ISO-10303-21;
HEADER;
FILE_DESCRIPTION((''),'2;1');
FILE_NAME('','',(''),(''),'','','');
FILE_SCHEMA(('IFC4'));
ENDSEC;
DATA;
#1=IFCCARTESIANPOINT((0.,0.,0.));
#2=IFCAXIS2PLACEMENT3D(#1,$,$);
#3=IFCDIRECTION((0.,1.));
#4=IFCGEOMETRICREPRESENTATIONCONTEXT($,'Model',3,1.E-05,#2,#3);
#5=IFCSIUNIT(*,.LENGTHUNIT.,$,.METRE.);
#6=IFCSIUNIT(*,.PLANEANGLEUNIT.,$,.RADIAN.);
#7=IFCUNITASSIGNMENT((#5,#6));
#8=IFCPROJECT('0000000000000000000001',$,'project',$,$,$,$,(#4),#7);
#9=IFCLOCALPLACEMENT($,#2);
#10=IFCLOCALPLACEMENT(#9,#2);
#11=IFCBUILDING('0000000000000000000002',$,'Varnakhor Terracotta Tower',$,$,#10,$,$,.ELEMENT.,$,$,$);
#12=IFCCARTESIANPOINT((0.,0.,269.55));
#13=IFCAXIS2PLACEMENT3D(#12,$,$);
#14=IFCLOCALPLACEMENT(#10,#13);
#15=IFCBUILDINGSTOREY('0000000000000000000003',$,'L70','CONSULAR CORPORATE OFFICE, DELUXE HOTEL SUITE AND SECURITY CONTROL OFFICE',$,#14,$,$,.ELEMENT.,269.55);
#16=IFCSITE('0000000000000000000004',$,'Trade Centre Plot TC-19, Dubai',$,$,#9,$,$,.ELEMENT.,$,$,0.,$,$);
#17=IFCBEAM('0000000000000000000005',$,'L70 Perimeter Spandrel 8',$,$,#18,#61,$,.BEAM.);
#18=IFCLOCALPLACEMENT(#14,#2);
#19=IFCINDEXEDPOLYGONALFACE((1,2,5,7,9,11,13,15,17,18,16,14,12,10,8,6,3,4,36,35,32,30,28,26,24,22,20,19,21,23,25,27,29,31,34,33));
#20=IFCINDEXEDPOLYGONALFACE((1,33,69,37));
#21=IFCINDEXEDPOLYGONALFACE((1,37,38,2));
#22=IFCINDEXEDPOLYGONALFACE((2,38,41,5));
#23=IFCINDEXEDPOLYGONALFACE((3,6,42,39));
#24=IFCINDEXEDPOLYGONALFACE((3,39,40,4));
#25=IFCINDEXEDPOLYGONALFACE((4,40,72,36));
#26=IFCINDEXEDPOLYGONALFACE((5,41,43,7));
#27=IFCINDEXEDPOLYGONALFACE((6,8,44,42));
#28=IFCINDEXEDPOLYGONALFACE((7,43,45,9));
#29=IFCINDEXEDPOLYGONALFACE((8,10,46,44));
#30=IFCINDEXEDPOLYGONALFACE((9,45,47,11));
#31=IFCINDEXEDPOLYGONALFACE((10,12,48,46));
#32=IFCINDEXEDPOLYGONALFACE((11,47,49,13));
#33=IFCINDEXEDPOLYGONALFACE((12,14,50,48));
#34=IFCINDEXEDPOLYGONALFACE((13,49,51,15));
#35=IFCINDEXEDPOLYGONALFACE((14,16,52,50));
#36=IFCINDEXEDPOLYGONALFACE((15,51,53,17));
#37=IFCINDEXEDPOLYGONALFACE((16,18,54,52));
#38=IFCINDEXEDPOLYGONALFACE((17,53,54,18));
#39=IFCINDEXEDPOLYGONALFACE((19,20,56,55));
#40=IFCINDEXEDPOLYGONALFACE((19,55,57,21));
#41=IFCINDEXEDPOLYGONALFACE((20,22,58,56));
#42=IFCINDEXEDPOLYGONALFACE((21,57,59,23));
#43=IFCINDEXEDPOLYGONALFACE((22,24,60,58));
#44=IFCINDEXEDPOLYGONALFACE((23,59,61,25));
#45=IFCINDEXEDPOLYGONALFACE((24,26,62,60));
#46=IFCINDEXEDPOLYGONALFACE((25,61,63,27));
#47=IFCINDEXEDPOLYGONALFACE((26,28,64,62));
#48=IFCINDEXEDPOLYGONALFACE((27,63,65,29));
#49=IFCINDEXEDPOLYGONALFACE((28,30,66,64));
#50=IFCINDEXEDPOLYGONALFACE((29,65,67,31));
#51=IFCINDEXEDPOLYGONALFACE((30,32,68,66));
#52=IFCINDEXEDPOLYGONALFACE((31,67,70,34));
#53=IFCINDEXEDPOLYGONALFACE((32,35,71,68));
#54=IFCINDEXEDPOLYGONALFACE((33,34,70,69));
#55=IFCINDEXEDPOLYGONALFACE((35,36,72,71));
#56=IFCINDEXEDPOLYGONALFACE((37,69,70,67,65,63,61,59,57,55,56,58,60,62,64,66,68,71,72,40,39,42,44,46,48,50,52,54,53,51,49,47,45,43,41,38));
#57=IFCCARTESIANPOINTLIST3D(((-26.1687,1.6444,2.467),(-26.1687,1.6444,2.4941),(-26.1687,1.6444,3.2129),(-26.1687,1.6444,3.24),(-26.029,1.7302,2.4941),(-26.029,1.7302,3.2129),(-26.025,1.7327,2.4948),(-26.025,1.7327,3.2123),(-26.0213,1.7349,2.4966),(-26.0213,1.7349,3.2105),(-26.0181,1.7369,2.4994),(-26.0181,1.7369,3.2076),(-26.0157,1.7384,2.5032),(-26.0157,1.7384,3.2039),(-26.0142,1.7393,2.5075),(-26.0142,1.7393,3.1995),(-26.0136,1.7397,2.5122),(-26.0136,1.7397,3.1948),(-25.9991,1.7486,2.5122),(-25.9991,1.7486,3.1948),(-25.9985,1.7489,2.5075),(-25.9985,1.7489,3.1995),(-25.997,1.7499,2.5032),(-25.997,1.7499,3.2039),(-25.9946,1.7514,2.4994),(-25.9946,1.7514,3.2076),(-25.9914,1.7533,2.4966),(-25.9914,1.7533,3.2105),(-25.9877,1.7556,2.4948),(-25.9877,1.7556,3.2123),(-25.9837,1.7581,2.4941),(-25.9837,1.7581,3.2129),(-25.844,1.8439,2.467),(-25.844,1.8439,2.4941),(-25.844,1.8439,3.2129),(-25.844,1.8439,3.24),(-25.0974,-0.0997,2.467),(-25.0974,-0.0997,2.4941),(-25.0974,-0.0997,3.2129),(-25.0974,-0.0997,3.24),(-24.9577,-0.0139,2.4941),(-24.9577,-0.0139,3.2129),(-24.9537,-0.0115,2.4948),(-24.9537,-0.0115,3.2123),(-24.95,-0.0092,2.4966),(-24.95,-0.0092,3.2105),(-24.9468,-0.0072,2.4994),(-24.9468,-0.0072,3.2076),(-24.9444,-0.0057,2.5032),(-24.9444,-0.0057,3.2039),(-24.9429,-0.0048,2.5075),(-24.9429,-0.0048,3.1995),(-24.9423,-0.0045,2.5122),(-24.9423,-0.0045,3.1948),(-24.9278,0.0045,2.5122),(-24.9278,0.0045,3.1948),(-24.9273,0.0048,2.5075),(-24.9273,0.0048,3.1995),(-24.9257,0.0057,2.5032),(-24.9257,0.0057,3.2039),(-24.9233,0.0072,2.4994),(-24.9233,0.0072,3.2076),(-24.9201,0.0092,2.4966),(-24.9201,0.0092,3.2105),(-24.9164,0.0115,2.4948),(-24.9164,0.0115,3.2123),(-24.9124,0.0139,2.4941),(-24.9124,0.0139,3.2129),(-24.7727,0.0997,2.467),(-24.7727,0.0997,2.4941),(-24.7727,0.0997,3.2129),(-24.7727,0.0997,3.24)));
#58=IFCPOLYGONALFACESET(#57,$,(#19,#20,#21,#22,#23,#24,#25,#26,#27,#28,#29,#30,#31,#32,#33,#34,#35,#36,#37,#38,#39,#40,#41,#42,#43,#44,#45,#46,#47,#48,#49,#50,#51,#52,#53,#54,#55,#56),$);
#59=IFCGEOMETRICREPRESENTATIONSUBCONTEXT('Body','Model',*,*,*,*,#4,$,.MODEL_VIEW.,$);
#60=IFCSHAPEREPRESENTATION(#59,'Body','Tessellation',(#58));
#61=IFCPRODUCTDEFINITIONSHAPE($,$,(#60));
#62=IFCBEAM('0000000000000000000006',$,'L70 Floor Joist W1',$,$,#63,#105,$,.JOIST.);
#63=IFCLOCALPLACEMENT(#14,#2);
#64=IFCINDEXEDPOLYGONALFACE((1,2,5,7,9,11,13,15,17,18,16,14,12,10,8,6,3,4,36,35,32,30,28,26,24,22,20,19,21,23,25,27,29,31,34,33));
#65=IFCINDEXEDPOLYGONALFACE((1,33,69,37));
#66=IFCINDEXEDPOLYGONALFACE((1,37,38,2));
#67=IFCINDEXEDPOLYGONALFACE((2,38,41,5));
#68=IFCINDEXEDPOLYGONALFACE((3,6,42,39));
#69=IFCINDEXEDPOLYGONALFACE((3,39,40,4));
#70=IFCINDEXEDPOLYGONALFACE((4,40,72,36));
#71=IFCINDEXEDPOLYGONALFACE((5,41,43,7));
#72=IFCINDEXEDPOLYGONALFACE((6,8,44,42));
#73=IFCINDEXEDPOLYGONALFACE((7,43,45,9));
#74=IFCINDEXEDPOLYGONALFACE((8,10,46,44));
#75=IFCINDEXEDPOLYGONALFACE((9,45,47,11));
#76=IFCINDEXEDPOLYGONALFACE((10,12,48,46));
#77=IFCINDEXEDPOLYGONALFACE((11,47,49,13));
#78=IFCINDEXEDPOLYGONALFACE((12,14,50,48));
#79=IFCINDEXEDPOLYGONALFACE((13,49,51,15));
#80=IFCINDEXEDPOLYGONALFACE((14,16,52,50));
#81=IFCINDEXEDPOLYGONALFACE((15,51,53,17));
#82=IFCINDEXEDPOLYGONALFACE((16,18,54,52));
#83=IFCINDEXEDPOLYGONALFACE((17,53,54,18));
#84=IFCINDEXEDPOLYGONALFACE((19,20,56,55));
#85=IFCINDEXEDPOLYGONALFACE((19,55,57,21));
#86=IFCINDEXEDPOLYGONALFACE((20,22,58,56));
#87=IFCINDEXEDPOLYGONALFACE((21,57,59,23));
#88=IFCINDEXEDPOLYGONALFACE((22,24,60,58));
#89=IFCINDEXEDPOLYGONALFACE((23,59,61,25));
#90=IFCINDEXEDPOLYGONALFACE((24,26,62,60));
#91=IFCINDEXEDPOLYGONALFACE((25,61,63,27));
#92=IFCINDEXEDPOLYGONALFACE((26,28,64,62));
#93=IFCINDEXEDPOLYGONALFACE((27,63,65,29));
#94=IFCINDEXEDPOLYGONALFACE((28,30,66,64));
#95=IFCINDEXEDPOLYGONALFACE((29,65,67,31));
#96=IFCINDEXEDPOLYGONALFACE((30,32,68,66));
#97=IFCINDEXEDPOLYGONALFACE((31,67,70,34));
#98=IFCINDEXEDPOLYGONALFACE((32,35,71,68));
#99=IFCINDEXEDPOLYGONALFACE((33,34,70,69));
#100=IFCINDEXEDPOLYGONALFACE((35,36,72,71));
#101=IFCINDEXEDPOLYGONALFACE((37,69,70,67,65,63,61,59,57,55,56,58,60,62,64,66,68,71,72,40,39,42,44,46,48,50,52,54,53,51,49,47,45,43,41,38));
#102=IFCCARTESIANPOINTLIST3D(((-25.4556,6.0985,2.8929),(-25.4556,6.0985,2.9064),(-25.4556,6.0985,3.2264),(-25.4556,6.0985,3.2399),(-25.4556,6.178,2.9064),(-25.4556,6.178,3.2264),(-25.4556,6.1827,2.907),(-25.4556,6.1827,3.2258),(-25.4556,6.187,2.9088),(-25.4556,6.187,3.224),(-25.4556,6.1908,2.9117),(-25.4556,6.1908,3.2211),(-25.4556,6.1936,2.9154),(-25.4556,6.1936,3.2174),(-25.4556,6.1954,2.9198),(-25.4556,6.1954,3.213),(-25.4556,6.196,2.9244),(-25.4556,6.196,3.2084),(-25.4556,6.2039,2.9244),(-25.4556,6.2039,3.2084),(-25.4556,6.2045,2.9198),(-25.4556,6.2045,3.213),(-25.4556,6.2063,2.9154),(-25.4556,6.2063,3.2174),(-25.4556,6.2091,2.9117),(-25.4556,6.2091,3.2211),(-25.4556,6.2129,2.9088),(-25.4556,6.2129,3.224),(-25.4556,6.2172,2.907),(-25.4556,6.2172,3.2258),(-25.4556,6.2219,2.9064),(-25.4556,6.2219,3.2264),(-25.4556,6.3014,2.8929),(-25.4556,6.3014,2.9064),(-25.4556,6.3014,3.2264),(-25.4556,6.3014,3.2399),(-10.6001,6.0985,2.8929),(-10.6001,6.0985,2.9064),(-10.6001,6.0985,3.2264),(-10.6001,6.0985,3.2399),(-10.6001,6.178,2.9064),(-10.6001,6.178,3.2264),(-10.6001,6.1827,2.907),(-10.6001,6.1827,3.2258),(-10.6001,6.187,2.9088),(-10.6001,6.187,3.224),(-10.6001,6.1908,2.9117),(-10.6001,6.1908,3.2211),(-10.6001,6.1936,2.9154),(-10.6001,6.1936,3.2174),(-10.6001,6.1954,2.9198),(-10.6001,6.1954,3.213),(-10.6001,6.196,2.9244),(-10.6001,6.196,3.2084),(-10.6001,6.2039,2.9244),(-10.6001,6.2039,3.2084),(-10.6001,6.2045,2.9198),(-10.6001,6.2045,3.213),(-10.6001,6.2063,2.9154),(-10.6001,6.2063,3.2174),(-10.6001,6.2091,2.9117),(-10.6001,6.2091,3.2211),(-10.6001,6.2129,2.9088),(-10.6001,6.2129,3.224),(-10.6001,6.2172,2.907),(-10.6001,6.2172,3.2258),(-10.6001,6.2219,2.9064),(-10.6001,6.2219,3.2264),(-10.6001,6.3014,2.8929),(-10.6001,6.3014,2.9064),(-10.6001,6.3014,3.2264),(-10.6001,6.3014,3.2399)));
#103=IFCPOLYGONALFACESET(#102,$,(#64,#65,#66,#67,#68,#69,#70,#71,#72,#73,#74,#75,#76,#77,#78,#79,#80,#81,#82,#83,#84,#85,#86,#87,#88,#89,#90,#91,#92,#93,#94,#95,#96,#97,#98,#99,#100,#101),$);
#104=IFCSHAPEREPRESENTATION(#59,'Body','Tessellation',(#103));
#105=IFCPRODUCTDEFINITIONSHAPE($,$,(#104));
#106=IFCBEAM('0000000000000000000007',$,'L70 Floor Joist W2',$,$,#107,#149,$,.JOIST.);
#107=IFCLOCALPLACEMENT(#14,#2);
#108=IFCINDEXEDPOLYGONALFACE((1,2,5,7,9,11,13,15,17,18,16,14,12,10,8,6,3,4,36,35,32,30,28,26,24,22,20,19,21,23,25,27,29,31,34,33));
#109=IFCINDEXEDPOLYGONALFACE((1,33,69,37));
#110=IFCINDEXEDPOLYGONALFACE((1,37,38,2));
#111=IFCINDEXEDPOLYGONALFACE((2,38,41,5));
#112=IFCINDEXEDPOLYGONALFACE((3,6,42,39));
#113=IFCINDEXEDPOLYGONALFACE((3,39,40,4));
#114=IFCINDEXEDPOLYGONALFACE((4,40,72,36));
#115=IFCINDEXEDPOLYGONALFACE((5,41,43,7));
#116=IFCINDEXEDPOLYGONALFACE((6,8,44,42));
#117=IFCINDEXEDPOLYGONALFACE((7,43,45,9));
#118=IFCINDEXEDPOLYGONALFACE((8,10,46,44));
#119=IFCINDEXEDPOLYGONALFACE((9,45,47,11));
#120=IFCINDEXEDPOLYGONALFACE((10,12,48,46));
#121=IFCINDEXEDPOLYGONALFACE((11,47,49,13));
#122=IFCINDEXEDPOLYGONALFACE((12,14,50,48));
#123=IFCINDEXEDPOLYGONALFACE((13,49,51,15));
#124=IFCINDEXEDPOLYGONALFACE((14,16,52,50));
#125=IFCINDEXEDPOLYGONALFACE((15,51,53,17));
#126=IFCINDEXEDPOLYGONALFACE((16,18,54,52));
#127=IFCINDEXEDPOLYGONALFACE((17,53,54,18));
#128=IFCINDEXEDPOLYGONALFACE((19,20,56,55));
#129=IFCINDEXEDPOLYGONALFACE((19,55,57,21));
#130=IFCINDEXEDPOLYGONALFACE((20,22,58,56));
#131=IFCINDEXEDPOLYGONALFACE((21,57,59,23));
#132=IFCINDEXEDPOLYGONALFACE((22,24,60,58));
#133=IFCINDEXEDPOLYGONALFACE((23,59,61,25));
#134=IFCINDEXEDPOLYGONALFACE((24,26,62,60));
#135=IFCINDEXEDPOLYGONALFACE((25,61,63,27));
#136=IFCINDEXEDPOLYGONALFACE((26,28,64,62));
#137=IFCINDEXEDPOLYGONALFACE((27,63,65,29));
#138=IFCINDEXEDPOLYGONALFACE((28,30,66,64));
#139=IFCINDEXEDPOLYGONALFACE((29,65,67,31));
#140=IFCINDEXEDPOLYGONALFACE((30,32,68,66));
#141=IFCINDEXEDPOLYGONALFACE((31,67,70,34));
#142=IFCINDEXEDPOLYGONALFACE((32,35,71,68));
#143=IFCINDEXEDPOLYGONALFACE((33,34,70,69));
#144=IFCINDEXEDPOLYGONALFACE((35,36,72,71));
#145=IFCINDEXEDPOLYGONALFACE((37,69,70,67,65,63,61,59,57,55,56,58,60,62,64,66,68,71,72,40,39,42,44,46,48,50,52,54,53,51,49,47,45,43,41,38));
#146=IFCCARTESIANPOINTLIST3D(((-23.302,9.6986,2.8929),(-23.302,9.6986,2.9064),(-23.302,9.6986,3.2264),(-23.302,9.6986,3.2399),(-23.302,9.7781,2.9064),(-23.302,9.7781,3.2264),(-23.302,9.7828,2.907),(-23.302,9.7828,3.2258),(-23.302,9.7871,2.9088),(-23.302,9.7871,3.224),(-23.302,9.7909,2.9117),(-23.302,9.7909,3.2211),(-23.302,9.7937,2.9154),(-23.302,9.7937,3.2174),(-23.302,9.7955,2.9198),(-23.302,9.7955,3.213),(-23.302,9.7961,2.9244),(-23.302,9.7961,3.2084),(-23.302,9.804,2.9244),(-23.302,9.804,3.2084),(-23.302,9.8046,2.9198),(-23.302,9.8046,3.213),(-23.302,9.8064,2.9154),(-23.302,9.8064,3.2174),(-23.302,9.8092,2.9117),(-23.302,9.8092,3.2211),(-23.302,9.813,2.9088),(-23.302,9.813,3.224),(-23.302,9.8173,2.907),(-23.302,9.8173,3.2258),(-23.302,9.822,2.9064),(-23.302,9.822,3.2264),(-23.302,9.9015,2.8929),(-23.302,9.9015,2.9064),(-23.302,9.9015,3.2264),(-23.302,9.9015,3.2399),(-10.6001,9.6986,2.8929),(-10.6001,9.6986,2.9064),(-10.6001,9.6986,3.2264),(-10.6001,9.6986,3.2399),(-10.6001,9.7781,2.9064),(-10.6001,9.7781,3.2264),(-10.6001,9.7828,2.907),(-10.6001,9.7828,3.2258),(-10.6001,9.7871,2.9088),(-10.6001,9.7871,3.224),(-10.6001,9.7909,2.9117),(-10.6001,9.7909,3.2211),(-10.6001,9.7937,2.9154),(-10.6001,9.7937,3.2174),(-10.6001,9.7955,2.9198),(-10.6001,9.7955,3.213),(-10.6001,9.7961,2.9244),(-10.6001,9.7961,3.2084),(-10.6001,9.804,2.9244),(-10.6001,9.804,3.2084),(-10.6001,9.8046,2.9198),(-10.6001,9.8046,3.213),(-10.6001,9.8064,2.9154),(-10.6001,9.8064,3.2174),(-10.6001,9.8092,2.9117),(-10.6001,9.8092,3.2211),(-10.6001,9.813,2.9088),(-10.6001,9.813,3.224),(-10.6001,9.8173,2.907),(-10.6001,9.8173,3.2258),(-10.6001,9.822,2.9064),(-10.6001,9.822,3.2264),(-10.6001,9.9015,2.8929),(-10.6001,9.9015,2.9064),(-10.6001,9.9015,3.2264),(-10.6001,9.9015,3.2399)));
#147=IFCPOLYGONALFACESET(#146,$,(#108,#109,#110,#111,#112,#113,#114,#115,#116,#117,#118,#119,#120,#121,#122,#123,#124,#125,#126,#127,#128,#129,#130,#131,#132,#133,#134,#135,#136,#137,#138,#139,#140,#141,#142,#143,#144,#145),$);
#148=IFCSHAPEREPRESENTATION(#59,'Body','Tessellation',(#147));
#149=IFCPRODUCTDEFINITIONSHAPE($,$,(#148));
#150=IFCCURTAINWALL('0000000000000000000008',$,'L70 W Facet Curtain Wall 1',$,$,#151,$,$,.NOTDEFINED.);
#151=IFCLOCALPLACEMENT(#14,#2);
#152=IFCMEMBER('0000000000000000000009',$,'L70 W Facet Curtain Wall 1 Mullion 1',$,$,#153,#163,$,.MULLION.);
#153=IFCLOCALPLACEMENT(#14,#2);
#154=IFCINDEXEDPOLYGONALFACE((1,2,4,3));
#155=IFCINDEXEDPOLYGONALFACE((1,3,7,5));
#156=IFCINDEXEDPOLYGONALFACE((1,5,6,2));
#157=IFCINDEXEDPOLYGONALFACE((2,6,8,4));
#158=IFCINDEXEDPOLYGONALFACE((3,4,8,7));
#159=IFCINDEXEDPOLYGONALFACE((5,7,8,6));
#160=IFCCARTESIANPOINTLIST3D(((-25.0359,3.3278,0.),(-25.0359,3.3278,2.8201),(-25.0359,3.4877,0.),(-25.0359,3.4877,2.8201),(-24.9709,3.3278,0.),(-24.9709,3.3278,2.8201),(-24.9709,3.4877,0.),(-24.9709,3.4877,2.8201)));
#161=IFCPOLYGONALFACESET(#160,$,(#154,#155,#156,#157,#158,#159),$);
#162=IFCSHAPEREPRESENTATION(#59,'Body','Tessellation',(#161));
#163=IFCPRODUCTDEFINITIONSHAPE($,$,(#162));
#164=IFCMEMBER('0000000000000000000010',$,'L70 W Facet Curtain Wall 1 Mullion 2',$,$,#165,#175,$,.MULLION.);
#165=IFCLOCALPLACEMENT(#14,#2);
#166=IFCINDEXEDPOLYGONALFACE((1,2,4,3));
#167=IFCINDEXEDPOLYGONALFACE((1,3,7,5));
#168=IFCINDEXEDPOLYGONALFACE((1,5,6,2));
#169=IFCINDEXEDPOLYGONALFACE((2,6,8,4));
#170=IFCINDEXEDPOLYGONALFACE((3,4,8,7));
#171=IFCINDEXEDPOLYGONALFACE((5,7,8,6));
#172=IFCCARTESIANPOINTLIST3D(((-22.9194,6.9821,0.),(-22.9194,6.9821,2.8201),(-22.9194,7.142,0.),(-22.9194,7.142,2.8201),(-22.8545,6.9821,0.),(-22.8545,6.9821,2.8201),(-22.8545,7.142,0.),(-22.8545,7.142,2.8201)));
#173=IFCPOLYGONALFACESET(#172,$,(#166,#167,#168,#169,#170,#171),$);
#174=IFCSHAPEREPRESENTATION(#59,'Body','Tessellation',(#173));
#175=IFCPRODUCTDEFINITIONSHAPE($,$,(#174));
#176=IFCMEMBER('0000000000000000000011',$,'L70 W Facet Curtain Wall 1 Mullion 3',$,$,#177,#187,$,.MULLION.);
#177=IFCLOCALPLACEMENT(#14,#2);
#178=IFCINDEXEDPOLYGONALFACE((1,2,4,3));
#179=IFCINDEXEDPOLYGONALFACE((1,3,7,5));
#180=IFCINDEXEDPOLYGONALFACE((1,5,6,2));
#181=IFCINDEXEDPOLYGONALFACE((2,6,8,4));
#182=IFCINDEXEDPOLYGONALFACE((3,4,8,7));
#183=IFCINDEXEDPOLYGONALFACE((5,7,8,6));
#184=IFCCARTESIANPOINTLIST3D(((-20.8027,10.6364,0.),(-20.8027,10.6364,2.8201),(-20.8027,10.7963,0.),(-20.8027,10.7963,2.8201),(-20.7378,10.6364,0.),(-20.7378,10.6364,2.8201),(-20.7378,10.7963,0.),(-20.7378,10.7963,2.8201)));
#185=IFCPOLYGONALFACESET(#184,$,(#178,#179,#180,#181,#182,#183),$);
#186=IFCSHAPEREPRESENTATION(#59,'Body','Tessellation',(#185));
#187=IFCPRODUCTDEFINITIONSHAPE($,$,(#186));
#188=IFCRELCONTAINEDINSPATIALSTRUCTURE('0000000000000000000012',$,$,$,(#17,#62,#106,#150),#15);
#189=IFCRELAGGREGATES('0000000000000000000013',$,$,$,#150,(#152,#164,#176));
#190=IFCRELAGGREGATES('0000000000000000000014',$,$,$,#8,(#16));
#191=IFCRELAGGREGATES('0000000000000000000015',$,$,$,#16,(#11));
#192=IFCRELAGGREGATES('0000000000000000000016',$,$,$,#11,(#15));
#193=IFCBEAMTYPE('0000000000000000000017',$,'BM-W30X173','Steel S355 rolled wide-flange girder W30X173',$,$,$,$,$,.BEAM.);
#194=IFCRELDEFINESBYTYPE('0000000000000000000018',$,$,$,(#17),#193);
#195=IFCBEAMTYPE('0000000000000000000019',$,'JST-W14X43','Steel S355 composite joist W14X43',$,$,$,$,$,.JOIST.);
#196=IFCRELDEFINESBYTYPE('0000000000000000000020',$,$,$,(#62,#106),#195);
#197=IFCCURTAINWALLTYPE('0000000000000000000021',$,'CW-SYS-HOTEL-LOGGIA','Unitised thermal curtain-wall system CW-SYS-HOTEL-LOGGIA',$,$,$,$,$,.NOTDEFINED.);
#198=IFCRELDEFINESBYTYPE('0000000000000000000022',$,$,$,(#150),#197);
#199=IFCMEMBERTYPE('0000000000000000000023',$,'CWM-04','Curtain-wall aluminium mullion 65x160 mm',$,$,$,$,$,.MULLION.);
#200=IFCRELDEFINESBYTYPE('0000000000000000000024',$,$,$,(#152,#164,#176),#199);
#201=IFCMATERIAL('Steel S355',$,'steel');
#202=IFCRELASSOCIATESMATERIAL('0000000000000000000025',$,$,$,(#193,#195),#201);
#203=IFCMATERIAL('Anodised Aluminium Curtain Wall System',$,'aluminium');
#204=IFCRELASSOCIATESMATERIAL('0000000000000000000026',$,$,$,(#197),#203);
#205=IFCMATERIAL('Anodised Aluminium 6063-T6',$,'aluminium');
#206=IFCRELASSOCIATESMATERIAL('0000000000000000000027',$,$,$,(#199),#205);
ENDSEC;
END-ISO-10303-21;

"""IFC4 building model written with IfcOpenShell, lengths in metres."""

from ifc_helpers import new_model, si_unit, direction, frame, origin, origin_2d, place, context, subcontext, project, spatial, rectangle, i_section, extrude, source, transform, mapped, material, material_profile, profile_set, type_object, type_shapes, element, aggregate, save


model = new_model("IFC4")

# Units and contexts
model_context = context("Model", 3, precision=1e-05, world=origin(), true_north=direction((0.0, 1.0)))
body_context = subcontext(model_context, "Body", "Model", "MODEL_VIEW")
ifc_project = project(units=[si_unit("LENGTHUNIT", "METRE"), si_unit("PLANEANGLEUNIT", "RADIAN")], contexts=[model_context])

# Site, building, storey
site_placement = place(None, origin())
site = spatial("IfcSite", under=ifc_project, at=site_placement, Name="Trade Centre Plot TC-19, Dubai", CompositionType="ELEMENT", RefElevation=0.0)
building_placement = place(site_placement, origin())
building = spatial("IfcBuilding", under=site, at=building_placement, Name="Varnakhor Terracotta Tower", CompositionType="ELEMENT")
storey_placement = place(building_placement, frame((0.0, 0.0, 269.55)))
storey = spatial("IfcBuildingStorey", under=building, at=storey_placement, Name="L70", Description="CONSULAR CORPORATE OFFICE, DELUXE HOTEL SUITE AND SECURITY CONTROL OFFICE", CompositionType="ELEMENT", Elevation=269.55)

# Shared definitions
ifc_material_1 = material(Name="Steel S355", Category="steel")

# Beams
ifc_material_profile_1 = material_profile(ifc_material_1, i_section(OverallWidth=0.3811, OverallDepth=0.7729, WebThickness=0.0171, FlangeThickness=0.0271, FilletRadius=0.0181, at=origin_2d()), Name="W30X173")
ifc_profile_set_1 = profile_set([ifc_material_profile_1], Name="Steel S355")
beam_type_1 = type_object("IfcBeamType", Name="BM-W30X173", Description="Steel S355 rolled wide-flange girder W30X173", PredefinedType="BEAM", material=ifc_profile_set_1)
shared_shape_1 = source(origin(), body_context, "Body", "SweptSolid", [
    extrude(i_section(OverallWidth=0.3811, OverallDepth=0.7729, WebThickness=0.0171, FlangeThickness=0.0271, FilletRadius=0.0181, at=origin_2d()), origin(), (0.0, 0.0, 1.0), 2.0469),
])
for number, where, z_axis, x_axis, name in (
    (1, (-26.0063, 1.7441, 2.8535), (0.523379, -0.8521, 0.0), (0.8521, 0.523379, 0.0), "L70 Perimeter Spandrel 8"),
):
    element("IfcBeam", number, at=place(storey_placement, frame(where, z_axis=z_axis, x_axis=x_axis)), inside=storey, type_object=beam_type_1, Name=name, PredefinedType="BEAM", context=body_context, shape_type="MappedRepresentation", body=[
        mapped(shared_shape_1, transform((0.0, 0.0, 0.0), scale=1.0)),
    ])
ifc_material_profile_2 = material_profile(ifc_material_1, i_section(OverallWidth=0.2029, OverallDepth=0.3469, WebThickness=0.0078, FlangeThickness=0.0134, FilletRadius=0.0181, at=origin_2d()), Name="W14X43")
ifc_profile_set_2 = profile_set([ifc_material_profile_2], Name="Steel S355")
beam_type_2 = type_object("IfcBeamType", Name="JST-W14X43", Description="Steel S355 composite joist W14X43", PredefinedType="JOIST", material=ifc_profile_set_2)
shared_shape_2 = source(origin(), body_context, "Body", "SweptSolid", [
    extrude(i_section(OverallWidth=0.2029, OverallDepth=0.3469, WebThickness=0.0078, FlangeThickness=0.0134, FilletRadius=0.0181, at=origin_2d()), origin(), (0.0, 0.0, 1.0), 14.8555),
])
beam_1_placement = place(storey_placement, frame((-25.4556, 6.2, 3.0664), z_axis=(1.0, 0.0, 0.0), x_axis=(0.0, 1.0, 0.0)))
element("IfcBeam", 2, at=beam_1_placement, inside=storey, type_object=beam_type_2, Name="L70 Floor Joist W1", PredefinedType="JOIST", context=body_context, shape_type="MappedRepresentation", body=[
    mapped(shared_shape_2, transform((0.0, 0.0, 0.0), scale=1.0)),
])
shared_shape_3 = source(origin(), body_context, "Body", "SweptSolid", [
    extrude(i_section(OverallWidth=0.2029, OverallDepth=0.3469, WebThickness=0.0078, FlangeThickness=0.0134, FilletRadius=0.0181, at=origin_2d()), origin(), (0.0, 0.0, 1.0), 12.7019),
])
beam_2_placement = place(storey_placement, frame((-23.302, 9.8, 3.0664), z_axis=(1.0, 0.0, 0.0), x_axis=(0.0, 1.0, 0.0)))
element("IfcBeam", 3, at=beam_2_placement, inside=storey, type_object=beam_type_2, Name="L70 Floor Joist W2", PredefinedType="JOIST", context=body_context, shape_type="MappedRepresentation", body=[
    mapped(shared_shape_3, transform((0.0, 0.0, 0.0), scale=1.0)),
])

# Curtain wall, members
ifc_material_2 = material(Name="Anodised Aluminium Curtain Wall System", Category="aluminium")
curtain_wall_type = type_object("IfcCurtainWallType", Name="CW-SYS-HOTEL-LOGGIA", Description="Unitised thermal curtain-wall system CW-SYS-HOTEL-LOGGIA", PredefinedType="NOTDEFINED", material=ifc_material_2)
curtain_wall_1_placement = place(storey_placement, origin())
curtain_wall_1 = element("IfcCurtainWall", 4, at=curtain_wall_1_placement, inside=storey, type_object=curtain_wall_type, Name="L70 W Facet Curtain Wall 1", PredefinedType="NOTDEFINED")
ifc_material_3 = material(Name="Anodised Aluminium 6063-T6", Category="aluminium")
ifc_material_profile_3 = material_profile(ifc_material_3, rectangle(XDim=0.0649, YDim=0.1599, at=origin_2d()), Name="ALU MULLION 65x160")
ifc_profile_set_3 = profile_set([ifc_material_profile_3], Name="Anodised Aluminium 6063-T6")
member_type_1 = type_object("IfcMemberType", Name="CWM-04", Description="Curtain-wall aluminium mullion 65x160 mm", PredefinedType="MULLION", material=ifc_profile_set_3)
shared_shape_4 = source(origin(), body_context, "Body", "SweptSolid", [
    extrude(rectangle(XDim=0.0649, YDim=0.1599, at=origin_2d()), origin(), (0.0, 0.0, 1.0), 2.8201),
])
type_shapes(member_type_1, [shared_shape_4])
member_1_placement = place(storey_placement, frame((-25.0034, 3.4077, 0.0), z_axis=(0.0, 0.0, 1.0), x_axis=(1.0, 0.0, 0.0)))
member_1 = element("IfcMember", 5, at=member_1_placement, type_object=member_type_1, Name="L70 W Facet Curtain Wall 1 Mullion 1", PredefinedType="MULLION", context=body_context, shape_type="MappedRepresentation", body=[
    mapped(shared_shape_4, transform((0.0, 0.0, 0.0), scale=1.0)),
])
member_2_placement = place(storey_placement, frame((-22.887, 7.062, 0.0), z_axis=(0.0, 0.0, 1.0), x_axis=(1.0, 0.0, 0.0)))
member_2 = element("IfcMember", 6, at=member_2_placement, type_object=member_type_1, Name="L70 W Facet Curtain Wall 1 Mullion 2", PredefinedType="MULLION", context=body_context, shape_type="MappedRepresentation", body=[
    mapped(shared_shape_4, transform((0.0, 0.0, 0.0), scale=1.0)),
])
member_3_placement = place(storey_placement, frame((-20.7703, 10.7163, 0.0), z_axis=(0.0, 0.0, 1.0), x_axis=(1.0, 0.0, 0.0)))
member_3 = element("IfcMember", 7, at=member_3_placement, type_object=member_type_1, Name="L70 W Facet Curtain Wall 1 Mullion 3", PredefinedType="MULLION", context=body_context, shape_type="MappedRepresentation", body=[
    mapped(shared_shape_4, transform((0.0, 0.0, 0.0), scale=1.0)),
])

aggregate(curtain_wall_1, [member_1, member_2, member_3])

save(model, "model.ifc")
